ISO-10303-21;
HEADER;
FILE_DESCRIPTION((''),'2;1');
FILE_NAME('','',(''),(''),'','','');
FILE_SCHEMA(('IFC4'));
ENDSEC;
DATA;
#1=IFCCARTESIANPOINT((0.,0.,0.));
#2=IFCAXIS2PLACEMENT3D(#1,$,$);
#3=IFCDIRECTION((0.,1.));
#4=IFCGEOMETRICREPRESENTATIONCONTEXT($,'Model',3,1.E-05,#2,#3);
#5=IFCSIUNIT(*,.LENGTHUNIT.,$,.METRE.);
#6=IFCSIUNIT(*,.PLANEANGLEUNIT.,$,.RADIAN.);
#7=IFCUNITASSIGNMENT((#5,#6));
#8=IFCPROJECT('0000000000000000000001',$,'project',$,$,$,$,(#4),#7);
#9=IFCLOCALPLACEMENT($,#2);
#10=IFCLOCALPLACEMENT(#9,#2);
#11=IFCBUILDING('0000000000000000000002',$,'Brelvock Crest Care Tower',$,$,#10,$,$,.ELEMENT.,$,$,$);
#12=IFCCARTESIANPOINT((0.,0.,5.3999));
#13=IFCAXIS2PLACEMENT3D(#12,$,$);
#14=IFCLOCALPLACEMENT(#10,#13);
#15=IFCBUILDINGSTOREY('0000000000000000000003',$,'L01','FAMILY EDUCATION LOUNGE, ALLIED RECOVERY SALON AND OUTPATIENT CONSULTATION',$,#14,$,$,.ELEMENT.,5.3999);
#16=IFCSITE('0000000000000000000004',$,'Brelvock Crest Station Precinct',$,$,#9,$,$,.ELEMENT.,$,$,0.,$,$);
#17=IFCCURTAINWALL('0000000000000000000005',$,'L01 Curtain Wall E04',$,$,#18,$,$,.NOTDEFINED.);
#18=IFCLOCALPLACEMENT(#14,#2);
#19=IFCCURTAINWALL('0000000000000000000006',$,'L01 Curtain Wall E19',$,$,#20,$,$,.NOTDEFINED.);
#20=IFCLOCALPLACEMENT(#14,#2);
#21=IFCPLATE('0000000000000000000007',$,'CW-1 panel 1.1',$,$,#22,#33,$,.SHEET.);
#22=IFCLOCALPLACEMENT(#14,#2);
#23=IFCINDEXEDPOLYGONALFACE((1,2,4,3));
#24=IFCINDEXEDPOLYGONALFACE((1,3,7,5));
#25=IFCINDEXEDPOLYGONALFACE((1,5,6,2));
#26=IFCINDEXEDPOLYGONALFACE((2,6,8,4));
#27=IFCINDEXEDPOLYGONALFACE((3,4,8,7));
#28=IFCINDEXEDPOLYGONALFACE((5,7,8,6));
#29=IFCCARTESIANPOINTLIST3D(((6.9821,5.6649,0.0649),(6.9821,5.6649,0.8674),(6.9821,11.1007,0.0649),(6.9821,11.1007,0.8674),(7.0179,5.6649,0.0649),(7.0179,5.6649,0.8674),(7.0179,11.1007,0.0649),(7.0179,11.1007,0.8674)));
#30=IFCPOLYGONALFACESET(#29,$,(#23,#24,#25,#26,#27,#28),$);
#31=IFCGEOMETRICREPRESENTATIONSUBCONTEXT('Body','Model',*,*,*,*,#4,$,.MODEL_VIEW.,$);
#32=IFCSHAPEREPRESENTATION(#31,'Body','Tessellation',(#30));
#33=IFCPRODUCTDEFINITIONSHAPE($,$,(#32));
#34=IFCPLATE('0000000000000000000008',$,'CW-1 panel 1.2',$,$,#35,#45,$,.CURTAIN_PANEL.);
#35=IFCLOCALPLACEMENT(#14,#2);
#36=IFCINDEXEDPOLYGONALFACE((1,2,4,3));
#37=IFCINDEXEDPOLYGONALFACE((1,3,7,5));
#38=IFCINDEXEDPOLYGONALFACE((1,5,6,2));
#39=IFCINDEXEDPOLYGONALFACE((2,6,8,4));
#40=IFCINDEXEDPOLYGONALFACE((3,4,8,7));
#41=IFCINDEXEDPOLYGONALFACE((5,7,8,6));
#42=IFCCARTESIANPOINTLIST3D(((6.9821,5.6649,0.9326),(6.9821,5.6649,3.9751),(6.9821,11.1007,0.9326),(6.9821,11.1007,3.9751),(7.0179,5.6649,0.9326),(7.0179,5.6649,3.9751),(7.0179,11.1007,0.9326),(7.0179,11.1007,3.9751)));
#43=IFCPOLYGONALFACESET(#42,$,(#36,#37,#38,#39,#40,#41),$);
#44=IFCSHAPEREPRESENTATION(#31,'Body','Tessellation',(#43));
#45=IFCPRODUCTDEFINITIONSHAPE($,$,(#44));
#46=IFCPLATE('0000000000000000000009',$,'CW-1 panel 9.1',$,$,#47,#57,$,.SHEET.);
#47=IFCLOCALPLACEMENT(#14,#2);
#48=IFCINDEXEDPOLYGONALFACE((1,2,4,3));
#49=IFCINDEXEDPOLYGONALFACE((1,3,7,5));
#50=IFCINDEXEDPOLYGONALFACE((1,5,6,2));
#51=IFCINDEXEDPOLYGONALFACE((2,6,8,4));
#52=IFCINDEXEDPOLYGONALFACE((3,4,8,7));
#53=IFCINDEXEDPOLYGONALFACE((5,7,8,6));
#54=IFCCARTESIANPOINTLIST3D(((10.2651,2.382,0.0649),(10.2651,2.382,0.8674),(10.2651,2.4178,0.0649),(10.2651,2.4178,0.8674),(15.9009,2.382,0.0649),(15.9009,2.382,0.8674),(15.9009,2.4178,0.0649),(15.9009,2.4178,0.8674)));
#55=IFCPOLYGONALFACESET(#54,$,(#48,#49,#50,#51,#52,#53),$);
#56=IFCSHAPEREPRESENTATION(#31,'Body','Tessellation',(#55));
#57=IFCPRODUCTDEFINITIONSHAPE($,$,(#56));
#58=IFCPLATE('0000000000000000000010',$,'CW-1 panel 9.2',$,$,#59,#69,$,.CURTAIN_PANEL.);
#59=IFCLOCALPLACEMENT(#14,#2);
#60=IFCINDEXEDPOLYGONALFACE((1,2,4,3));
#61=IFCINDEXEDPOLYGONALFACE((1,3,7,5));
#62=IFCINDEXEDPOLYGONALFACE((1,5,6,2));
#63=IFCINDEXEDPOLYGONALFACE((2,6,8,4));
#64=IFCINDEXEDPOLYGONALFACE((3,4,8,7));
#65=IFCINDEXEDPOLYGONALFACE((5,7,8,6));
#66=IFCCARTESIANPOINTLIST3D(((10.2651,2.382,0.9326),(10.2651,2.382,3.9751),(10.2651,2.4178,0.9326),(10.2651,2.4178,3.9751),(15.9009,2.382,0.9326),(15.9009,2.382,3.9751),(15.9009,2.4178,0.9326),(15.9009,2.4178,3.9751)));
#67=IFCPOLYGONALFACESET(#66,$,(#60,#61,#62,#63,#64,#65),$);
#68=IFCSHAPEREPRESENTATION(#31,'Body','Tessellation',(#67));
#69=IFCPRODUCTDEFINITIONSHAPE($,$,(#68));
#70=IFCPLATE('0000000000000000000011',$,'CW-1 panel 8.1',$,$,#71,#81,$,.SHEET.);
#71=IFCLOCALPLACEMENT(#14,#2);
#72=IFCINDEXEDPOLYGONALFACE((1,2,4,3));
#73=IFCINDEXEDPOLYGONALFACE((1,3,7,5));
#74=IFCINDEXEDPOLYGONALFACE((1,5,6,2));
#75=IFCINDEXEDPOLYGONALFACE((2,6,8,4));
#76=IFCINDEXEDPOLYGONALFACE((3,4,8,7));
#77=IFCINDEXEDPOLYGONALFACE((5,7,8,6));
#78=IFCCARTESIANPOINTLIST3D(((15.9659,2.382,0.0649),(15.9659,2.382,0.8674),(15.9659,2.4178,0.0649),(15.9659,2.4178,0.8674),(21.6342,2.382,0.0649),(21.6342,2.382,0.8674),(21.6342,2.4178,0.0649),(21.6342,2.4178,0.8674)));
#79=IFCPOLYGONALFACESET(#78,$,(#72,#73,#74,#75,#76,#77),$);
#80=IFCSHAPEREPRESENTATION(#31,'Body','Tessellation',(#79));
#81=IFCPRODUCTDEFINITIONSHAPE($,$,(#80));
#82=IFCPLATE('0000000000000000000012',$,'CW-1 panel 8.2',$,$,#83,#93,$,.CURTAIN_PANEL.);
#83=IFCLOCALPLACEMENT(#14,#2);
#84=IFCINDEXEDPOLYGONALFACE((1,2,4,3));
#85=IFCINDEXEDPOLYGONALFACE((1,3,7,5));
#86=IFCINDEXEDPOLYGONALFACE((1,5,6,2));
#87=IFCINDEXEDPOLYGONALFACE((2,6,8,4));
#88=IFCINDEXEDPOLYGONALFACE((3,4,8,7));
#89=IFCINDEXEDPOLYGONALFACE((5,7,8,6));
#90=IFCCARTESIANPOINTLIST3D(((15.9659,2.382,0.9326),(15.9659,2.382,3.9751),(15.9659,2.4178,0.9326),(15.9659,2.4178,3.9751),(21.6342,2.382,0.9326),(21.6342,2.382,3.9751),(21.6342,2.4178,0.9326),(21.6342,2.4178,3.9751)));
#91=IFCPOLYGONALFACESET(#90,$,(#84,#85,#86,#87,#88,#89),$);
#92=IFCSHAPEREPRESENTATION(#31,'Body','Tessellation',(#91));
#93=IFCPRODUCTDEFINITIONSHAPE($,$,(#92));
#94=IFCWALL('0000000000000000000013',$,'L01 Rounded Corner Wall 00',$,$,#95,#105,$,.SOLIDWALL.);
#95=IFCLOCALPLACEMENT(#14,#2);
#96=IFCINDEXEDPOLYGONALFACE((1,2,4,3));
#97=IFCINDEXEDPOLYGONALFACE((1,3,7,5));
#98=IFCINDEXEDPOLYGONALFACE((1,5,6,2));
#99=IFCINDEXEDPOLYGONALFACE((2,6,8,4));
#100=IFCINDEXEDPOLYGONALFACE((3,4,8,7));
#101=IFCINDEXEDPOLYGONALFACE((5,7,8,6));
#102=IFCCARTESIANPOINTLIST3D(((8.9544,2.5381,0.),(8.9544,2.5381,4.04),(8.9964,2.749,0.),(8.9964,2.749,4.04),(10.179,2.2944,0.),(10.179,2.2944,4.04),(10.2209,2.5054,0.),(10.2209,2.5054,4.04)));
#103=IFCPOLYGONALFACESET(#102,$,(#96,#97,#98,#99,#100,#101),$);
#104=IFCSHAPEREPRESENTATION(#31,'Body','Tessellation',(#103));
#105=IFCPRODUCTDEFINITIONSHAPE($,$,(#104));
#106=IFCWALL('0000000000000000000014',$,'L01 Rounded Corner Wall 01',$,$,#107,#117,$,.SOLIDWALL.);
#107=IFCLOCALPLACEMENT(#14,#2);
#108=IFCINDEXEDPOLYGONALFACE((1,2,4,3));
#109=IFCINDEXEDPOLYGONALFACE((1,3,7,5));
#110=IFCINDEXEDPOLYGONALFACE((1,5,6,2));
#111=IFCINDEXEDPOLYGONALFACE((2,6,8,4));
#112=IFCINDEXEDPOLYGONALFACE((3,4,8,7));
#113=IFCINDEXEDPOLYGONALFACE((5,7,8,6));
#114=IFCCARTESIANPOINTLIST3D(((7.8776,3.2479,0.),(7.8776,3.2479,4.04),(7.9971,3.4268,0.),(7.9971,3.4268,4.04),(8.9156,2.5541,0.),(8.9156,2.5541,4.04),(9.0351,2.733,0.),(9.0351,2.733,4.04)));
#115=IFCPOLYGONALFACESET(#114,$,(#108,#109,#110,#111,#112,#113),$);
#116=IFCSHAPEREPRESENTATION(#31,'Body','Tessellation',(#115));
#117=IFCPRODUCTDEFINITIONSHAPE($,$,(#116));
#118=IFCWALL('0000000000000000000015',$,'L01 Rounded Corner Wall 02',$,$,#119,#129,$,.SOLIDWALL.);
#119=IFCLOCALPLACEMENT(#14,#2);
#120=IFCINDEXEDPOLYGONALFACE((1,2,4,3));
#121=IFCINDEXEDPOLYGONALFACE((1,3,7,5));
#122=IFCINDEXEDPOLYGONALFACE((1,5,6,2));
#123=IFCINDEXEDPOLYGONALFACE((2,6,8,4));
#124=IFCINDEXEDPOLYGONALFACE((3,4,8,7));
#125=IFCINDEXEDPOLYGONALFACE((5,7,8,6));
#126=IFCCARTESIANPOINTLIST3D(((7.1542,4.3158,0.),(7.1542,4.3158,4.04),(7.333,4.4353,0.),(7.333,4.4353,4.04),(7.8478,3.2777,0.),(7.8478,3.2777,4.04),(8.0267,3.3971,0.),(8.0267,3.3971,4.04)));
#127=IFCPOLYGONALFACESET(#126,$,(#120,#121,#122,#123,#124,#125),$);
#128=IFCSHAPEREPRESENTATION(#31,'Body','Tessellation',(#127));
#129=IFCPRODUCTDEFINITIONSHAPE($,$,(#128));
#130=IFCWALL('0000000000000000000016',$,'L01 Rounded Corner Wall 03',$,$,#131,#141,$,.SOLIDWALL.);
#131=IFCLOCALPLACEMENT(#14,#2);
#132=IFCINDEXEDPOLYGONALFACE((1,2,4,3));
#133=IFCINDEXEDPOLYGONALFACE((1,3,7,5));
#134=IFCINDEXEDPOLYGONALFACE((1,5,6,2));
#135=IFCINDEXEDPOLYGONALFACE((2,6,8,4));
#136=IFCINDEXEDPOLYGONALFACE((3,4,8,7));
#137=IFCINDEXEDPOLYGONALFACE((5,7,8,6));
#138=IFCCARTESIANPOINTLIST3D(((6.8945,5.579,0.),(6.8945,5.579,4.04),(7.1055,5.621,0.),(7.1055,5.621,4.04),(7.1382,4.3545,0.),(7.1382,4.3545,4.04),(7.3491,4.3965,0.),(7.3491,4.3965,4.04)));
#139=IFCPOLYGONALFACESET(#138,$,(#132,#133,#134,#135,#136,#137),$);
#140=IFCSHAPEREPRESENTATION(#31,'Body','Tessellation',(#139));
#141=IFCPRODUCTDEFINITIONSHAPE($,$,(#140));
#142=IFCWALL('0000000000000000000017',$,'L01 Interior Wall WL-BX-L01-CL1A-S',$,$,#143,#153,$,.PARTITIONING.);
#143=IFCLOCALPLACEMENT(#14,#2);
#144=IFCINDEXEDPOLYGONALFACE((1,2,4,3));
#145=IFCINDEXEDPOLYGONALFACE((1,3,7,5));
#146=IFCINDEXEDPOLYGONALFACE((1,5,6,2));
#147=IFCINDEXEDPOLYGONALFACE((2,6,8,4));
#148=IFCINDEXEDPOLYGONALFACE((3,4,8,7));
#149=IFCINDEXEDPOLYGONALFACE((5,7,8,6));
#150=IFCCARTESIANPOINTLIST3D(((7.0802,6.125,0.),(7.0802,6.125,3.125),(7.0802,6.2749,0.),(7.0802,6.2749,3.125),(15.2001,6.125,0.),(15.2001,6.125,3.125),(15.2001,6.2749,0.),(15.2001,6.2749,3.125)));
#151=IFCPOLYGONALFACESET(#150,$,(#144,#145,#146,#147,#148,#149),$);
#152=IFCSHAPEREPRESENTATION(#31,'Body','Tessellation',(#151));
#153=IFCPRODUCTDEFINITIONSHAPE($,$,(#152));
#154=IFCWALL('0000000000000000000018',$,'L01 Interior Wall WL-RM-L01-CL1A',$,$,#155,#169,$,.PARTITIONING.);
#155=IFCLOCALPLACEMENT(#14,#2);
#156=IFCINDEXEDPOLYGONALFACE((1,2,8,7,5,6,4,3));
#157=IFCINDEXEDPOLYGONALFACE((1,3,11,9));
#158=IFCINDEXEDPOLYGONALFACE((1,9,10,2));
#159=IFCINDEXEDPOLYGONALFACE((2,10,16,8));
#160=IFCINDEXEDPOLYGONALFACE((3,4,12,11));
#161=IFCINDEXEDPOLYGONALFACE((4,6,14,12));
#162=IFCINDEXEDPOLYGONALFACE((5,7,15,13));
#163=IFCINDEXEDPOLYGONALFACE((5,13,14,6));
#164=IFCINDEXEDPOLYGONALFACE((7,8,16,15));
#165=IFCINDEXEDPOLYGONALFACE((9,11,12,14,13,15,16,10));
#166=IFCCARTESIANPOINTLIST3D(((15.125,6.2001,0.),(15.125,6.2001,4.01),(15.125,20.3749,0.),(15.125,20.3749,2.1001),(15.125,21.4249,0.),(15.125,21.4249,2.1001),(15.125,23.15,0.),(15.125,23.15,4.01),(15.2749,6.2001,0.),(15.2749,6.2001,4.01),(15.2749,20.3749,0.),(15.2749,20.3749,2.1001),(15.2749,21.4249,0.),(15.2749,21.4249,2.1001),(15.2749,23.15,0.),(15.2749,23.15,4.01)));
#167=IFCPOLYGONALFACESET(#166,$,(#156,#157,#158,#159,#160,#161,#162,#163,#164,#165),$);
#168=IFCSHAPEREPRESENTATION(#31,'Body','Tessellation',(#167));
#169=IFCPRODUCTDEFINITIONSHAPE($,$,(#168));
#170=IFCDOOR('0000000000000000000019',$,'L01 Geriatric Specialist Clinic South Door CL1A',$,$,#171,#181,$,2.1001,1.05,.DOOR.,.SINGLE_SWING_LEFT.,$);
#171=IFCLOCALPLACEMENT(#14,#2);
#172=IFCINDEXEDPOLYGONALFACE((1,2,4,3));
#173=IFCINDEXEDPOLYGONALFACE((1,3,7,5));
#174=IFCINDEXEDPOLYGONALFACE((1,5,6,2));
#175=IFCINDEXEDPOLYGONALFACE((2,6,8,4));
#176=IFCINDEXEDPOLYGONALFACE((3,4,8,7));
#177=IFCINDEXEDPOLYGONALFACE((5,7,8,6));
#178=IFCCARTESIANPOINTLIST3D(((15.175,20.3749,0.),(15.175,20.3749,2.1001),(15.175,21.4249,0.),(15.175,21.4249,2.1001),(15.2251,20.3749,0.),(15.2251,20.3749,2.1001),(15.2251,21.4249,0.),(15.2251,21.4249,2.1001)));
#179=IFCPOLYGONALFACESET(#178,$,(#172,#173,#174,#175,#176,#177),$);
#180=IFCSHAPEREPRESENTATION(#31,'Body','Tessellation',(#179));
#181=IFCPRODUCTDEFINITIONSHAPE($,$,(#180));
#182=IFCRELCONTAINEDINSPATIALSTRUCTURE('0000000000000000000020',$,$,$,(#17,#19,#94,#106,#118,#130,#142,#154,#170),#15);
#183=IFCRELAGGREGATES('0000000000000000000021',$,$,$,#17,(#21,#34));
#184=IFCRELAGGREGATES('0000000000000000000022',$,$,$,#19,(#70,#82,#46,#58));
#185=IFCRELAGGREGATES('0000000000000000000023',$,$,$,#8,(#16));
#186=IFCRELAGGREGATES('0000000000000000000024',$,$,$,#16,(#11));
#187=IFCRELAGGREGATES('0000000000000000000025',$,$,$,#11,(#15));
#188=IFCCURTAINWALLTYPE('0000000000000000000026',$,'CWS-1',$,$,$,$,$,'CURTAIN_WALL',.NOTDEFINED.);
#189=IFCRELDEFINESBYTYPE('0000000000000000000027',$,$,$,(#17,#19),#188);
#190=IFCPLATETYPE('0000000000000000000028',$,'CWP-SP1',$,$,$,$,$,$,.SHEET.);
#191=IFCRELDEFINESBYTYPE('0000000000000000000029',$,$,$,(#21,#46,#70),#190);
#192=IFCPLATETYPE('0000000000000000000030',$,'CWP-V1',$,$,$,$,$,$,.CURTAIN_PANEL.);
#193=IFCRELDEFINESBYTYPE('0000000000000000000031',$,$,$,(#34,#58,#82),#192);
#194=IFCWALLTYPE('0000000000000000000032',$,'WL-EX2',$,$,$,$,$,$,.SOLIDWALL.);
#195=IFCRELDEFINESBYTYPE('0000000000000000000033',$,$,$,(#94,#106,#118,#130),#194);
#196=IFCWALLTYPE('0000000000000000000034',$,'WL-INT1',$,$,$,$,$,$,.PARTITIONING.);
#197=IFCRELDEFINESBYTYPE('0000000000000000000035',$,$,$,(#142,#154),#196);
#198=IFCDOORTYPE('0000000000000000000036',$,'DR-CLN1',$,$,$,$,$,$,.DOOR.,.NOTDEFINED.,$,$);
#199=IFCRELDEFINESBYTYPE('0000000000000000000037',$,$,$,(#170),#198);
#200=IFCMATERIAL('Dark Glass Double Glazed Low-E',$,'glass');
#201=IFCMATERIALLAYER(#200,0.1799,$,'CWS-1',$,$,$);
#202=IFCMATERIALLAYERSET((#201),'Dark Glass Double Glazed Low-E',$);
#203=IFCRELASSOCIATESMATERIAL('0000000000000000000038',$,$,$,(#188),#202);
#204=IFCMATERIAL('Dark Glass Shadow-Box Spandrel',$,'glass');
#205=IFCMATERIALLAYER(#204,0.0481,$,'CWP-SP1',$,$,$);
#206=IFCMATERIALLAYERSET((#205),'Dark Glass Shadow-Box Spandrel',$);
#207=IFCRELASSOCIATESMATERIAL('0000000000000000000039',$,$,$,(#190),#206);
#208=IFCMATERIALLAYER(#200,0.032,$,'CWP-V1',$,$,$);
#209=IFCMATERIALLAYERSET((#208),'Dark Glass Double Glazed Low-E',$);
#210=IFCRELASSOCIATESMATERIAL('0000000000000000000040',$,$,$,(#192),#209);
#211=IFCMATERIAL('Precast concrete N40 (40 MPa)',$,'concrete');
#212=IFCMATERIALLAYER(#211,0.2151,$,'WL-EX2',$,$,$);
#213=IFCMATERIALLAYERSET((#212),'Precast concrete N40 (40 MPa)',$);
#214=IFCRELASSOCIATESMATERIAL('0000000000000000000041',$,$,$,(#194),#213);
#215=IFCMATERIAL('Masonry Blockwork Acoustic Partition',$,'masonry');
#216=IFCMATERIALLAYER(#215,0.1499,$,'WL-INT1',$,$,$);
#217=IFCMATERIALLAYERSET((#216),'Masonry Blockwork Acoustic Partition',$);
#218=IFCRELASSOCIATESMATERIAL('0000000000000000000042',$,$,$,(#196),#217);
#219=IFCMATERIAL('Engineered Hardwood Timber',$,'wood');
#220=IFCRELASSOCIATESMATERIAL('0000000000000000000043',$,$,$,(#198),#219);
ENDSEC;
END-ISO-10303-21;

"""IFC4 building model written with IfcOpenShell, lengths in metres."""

from ifc_helpers import new_model, si_unit, direction, frame, frame_2d, origin, origin_2d, place, context, subcontext, project, spatial, rectangle, extrude, source, transform, mapped, material, layer, layer_set, type_object, element, fill, aggregate, save


model = new_model("IFC4")

# Units and contexts
model_context = context("Model", 3, precision=1e-05, world=origin(), true_north=direction((0.0, 1.0)))
body_context = subcontext(model_context, "Body", "Model", "MODEL_VIEW")
ifc_project = project(units=[si_unit("LENGTHUNIT", "METRE"), si_unit("PLANEANGLEUNIT", "RADIAN")], contexts=[model_context])

# Site, building, storey
site_placement = place(None, origin())
site = spatial("IfcSite", under=ifc_project, at=site_placement, Name="Brelvock Crest Station Precinct", CompositionType="ELEMENT", RefElevation=0.0)
building_placement = place(site_placement, origin())
building = spatial("IfcBuilding", under=site, at=building_placement, Name="Brelvock Crest Care Tower", CompositionType="ELEMENT")
storey_placement = place(building_placement, frame((0.0, 0.0, 5.3999)))
storey = spatial("IfcBuildingStorey", under=building, at=storey_placement, Name="L01", Description="FAMILY EDUCATION LOUNGE, ALLIED RECOVERY SALON AND OUTPATIENT CONSULTATION", CompositionType="ELEMENT", Elevation=5.3999)

# Curtain walls
ifc_material_1 = material(Name="Dark Glass Double Glazed Low-E", Category="glass")
ifc_layer_1 = layer(ifc_material_1, 0.1799, Name="CWS-1")
ifc_layer_set_1 = layer_set([ifc_layer_1], Name="Dark Glass Double Glazed Low-E")
curtain_wall_type = type_object("IfcCurtainWallType", Name="CWS-1", ElementType="CURTAIN_WALL", PredefinedType="NOTDEFINED", material=ifc_layer_set_1)
curtain_wall_1_placement = place(storey_placement, origin())
curtain_wall_1 = element("IfcCurtainWall", 1, at=curtain_wall_1_placement, inside=storey, type_object=curtain_wall_type, Name="L01 Curtain Wall E04", PredefinedType="NOTDEFINED")
curtain_wall_2_placement = place(storey_placement, origin())
curtain_wall_2 = element("IfcCurtainWall", 2, at=curtain_wall_2_placement, inside=storey, type_object=curtain_wall_type, Name="L01 Curtain Wall E19", PredefinedType="NOTDEFINED")

# Plates
ifc_material_2 = material(Name="Dark Glass Shadow-Box Spandrel", Category="glass")
ifc_layer_2 = layer(ifc_material_2, 0.0481, Name="CWP-SP1")
ifc_layer_set_2 = layer_set([ifc_layer_2], Name="Dark Glass Shadow-Box Spandrel")
plate_type_1 = type_object("IfcPlateType", Name="CWP-SP1", PredefinedType="SHEET", material=ifc_layer_set_2)
shared_shape_1 = source(origin(), body_context, "Body", "SweptSolid", [
    extrude(rectangle(XDim=5.4358, YDim=0.0359, at=origin_2d()), origin(), (0.0, 0.0, 1.0), 0.8025),
])
plate_1_placement = place(storey_placement, frame((7.0, 8.3828, 0.0649), z_axis=(0.0, 0.0, 1.0), x_axis=(0.0, 1.0, 0.0)))
plate_1 = element("IfcPlate", 3, at=plate_1_placement, type_object=plate_type_1, Name="CW-1 panel 1.1", PredefinedType="SHEET", context=body_context, shape_type="MappedRepresentation", body=[
    mapped(shared_shape_1, transform((0.0, 0.0, 0.0), x_axis=(1.0, 0.0, 0.0), y_axis=(0.0, 1.0, 0.0), z_axis=(0.0, 0.0, 1.0), scale=1.0)),
])
ifc_layer_3 = layer(ifc_material_1, 0.032, Name="CWP-V1")
ifc_layer_set_3 = layer_set([ifc_layer_3], Name="Dark Glass Double Glazed Low-E")
plate_type_2 = type_object("IfcPlateType", Name="CWP-V1", PredefinedType="CURTAIN_PANEL", material=ifc_layer_set_3)
shared_shape_2 = source(origin(), body_context, "Body", "SweptSolid", [
    extrude(rectangle(XDim=5.4358, YDim=0.0359, at=origin_2d()), origin(), (0.0, 0.0, 1.0), 3.0425),
])
plate_2_placement = place(storey_placement, frame((7.0, 8.3828, 0.9326), z_axis=(0.0, 0.0, 1.0), x_axis=(0.0, 1.0, 0.0)))
plate_2 = element("IfcPlate", 4, at=plate_2_placement, type_object=plate_type_2, Name="CW-1 panel 1.2", PredefinedType="CURTAIN_PANEL", context=body_context, shape_type="MappedRepresentation", body=[
    mapped(shared_shape_2, transform((0.0, 0.0, 0.0), x_axis=(1.0, 0.0, 0.0), y_axis=(0.0, 1.0, 0.0), z_axis=(0.0, 0.0, 1.0), scale=1.0)),
])
aggregate(curtain_wall_1, [plate_1, plate_2])
shared_shape_3 = source(origin(), body_context, "Body", "SweptSolid", [
    extrude(rectangle(XDim=5.6357, YDim=0.0359, at=origin_2d()), origin(), (0.0, 0.0, 1.0), 0.8025),
])
plate_3_placement = place(storey_placement, frame((13.083, 2.3999, 0.0649), z_axis=(0.0, 0.0, 1.0), x_axis=(-1.0, 0.0, 0.0)))
plate_3 = element("IfcPlate", 5, at=plate_3_placement, type_object=plate_type_1, Name="CW-1 panel 9.1", PredefinedType="SHEET", context=body_context, shape_type="MappedRepresentation", body=[
    mapped(shared_shape_3, transform((0.0, 0.0, 0.0), x_axis=(1.0, 0.0, 0.0), y_axis=(0.0, 1.0, 0.0), z_axis=(0.0, 0.0, 1.0), scale=1.0)),
])
shared_shape_4 = source(origin(), body_context, "Body", "SweptSolid", [
    extrude(rectangle(XDim=5.6357, YDim=0.0359, at=origin_2d()), origin(), (0.0, 0.0, 1.0), 3.0425),
])
plate_4_placement = place(storey_placement, frame((13.083, 2.3999, 0.9326), z_axis=(0.0, 0.0, 1.0), x_axis=(-1.0, 0.0, 0.0)))
plate_4 = element("IfcPlate", 6, at=plate_4_placement, type_object=plate_type_2, Name="CW-1 panel 9.2", PredefinedType="CURTAIN_PANEL", context=body_context, shape_type="MappedRepresentation", body=[
    mapped(shared_shape_4, transform((0.0, 0.0, 0.0), x_axis=(1.0, 0.0, 0.0), y_axis=(0.0, 1.0, 0.0), z_axis=(0.0, 0.0, 1.0), scale=1.0)),
])
shared_shape_5 = source(origin(), body_context, "Body", "SweptSolid", [
    extrude(rectangle(XDim=5.6682, YDim=0.0359, at=origin_2d()), origin(), (0.0, 0.0, 1.0), 0.8025),
])
plate_5_placement = place(storey_placement, frame((18.8, 2.3999, 0.0649), z_axis=(0.0, 0.0, 1.0), x_axis=(-1.0, 0.0, 0.0)))
plate_5 = element("IfcPlate", 7, at=plate_5_placement, type_object=plate_type_1, Name="CW-1 panel 8.1", PredefinedType="SHEET", context=body_context, shape_type="MappedRepresentation", body=[
    mapped(shared_shape_5, transform((0.0, 0.0, 0.0), x_axis=(1.0, 0.0, 0.0), y_axis=(0.0, 1.0, 0.0), z_axis=(0.0, 0.0, 1.0), scale=1.0)),
])
shared_shape_6 = source(origin(), body_context, "Body", "SweptSolid", [
    extrude(rectangle(XDim=5.6682, YDim=0.0359, at=origin_2d()), origin(), (0.0, 0.0, 1.0), 3.0425),
])
plate_6_placement = place(storey_placement, frame((18.8, 2.3999, 0.9326), z_axis=(0.0, 0.0, 1.0), x_axis=(-1.0, 0.0, 0.0)))
plate_6 = element("IfcPlate", 8, at=plate_6_placement, type_object=plate_type_2, Name="CW-1 panel 8.2", PredefinedType="CURTAIN_PANEL", context=body_context, shape_type="MappedRepresentation", body=[
    mapped(shared_shape_6, transform((0.0, 0.0, 0.0), x_axis=(1.0, 0.0, 0.0), y_axis=(0.0, 1.0, 0.0), z_axis=(0.0, 0.0, 1.0), scale=1.0)),
])
aggregate(curtain_wall_2, [plate_5, plate_6, plate_3, plate_4])

# Walls
ifc_material_3 = material(Name="Precast concrete N40 (40 MPa)", Category="concrete")
ifc_layer_4 = layer(ifc_material_3, 0.2151, Name="WL-EX2")
ifc_layer_set_4 = layer_set([ifc_layer_4], Name="Precast concrete N40 (40 MPa)")
wall_type_1 = type_object("IfcWallType", Name="WL-EX2", PredefinedType="SOLIDWALL", material=ifc_layer_set_4)
for number, where, z_axis, x_axis, name in (
    (9, (10.2, 2.3999, 0.0), (0.0, 0.0, 1.0), (-0.980776, 0.195138, 0.0), "L01 Rounded Corner Wall 00"),
    (10, (8.9753, 2.6436, 0.0), (0.0, 0.0, 1.0), (-0.831388, 0.555692, 0.0), "L01 Rounded Corner Wall 01"),
    (11, (7.9373, 3.3374, 0.0), (0.0, 0.0, 1.0), (-0.555557, 0.831478, 0.0), "L01 Rounded Corner Wall 02"),
    (12, (7.2437, 4.3755, 0.0), (0.0, 0.0, 1.0), (-0.195138, 0.980776, 0.0), "L01 Rounded Corner Wall 03"),
):
    element("IfcWall", number, at=place(storey_placement, frame(where, z_axis=z_axis, x_axis=x_axis)), inside=storey, type_object=wall_type_1, Name=name, PredefinedType="SOLIDWALL", context=body_context, shape_type="SweptSolid", body=[
        extrude(rectangle(XDim=1.2485, YDim=0.2151, at=frame_2d((0.6243, 0.0))), origin(), (0.0, 0.0, 1.0), 4.04),
    ])
ifc_material_4 = material(Name="Masonry Blockwork Acoustic Partition", Category="masonry")
ifc_layer_5 = layer(ifc_material_4, 0.1499, Name="WL-INT1")
ifc_layer_set_5 = layer_set([ifc_layer_5], Name="Masonry Blockwork Acoustic Partition")
wall_type_2 = type_object("IfcWallType", Name="WL-INT1", PredefinedType="PARTITIONING", material=ifc_layer_set_5)
wall_1_placement = place(storey_placement, frame((7.0801, 6.2, 0.0), z_axis=(0.0, 0.0, 1.0), x_axis=(1.0, 0.0, 0.0)))
element("IfcWall", 13, at=wall_1_placement, inside=storey, type_object=wall_type_2, Name="L01 Interior Wall WL-BX-L01-CL1A-S", PredefinedType="PARTITIONING", context=body_context, shape_type="SweptSolid", body=[
    extrude(rectangle(XDim=8.1199, YDim=0.1499, at=frame_2d((4.0601, 0.0))), origin(), (0.0, 0.0, 1.0), 3.125),
])

# Wall, opening, door
wall_2_placement = place(storey_placement, frame((15.2, 6.2, 0.0), z_axis=(0.0, 0.0, 1.0), x_axis=(0.0, 1.0, 0.0)))
wall_2 = element("IfcWall", 14, at=wall_2_placement, inside=storey, type_object=wall_type_2, Name="L01 Interior Wall WL-RM-L01-CL1A", PredefinedType="PARTITIONING", context=body_context, shape_type="SweptSolid", body=[
    extrude(rectangle(XDim=16.95, YDim=0.1499, at=frame_2d((8.4751, 0.0))), origin(), (0.0, 0.0, 1.0), 4.01),
])
opening_placement = place(wall_2_placement, frame((14.175, 0.0, 0.0)))
opening = element("IfcOpeningElement", 15, at=opening_placement, cuts=wall_2, PredefinedType="OPENING", context=body_context, shape_type="SweptSolid", body=[
    extrude(rectangle(XDim=1.05, YDim=2.1001, at=origin_2d()), frame((0.5249, 0.085, 1.05), z_axis=(0.0, -1.0, 0.0), x_axis=(1.0, 0.0, 0.0)), (0.0, 0.0, 1.0), 0.1699),
])
ifc_material_5 = material(Name="Engineered Hardwood Timber", Category="wood")
door_type = type_object("IfcDoorType", Name="DR-CLN1", OperationType="NOTDEFINED", PredefinedType="DOOR", material=ifc_material_5)
shared_shape_7 = source(origin(), body_context, "Body", "SweptSolid", [
    extrude(rectangle(XDim=1.05, YDim=2.1001, at=origin_2d()), frame((0.5249, 0.0249, 1.05), z_axis=(0.0, -1.0, 0.0), x_axis=(1.0, 0.0, 0.0)), (0.0, 0.0, 1.0), 0.05),
])
door_placement = place(opening_placement, origin())
door = element("IfcDoor", 16, at=door_placement, inside=storey, type_object=door_type, Name="L01 Geriatric Specialist Clinic South Door CL1A", OperationType="SINGLE_SWING_LEFT", OverallHeight=2.1001, OverallWidth=1.05, PredefinedType="DOOR", context=body_context, shape_type="MappedRepresentation", body=[
    mapped(shared_shape_7, transform((0.0, 0.0, 0.0), x_axis=(1.0, 0.0, 0.0), y_axis=(0.0, 1.0, 0.0), z_axis=(0.0, 0.0, 1.0), scale=1.0)),
])
fill(opening, door)

save(model, "model.ifc")
